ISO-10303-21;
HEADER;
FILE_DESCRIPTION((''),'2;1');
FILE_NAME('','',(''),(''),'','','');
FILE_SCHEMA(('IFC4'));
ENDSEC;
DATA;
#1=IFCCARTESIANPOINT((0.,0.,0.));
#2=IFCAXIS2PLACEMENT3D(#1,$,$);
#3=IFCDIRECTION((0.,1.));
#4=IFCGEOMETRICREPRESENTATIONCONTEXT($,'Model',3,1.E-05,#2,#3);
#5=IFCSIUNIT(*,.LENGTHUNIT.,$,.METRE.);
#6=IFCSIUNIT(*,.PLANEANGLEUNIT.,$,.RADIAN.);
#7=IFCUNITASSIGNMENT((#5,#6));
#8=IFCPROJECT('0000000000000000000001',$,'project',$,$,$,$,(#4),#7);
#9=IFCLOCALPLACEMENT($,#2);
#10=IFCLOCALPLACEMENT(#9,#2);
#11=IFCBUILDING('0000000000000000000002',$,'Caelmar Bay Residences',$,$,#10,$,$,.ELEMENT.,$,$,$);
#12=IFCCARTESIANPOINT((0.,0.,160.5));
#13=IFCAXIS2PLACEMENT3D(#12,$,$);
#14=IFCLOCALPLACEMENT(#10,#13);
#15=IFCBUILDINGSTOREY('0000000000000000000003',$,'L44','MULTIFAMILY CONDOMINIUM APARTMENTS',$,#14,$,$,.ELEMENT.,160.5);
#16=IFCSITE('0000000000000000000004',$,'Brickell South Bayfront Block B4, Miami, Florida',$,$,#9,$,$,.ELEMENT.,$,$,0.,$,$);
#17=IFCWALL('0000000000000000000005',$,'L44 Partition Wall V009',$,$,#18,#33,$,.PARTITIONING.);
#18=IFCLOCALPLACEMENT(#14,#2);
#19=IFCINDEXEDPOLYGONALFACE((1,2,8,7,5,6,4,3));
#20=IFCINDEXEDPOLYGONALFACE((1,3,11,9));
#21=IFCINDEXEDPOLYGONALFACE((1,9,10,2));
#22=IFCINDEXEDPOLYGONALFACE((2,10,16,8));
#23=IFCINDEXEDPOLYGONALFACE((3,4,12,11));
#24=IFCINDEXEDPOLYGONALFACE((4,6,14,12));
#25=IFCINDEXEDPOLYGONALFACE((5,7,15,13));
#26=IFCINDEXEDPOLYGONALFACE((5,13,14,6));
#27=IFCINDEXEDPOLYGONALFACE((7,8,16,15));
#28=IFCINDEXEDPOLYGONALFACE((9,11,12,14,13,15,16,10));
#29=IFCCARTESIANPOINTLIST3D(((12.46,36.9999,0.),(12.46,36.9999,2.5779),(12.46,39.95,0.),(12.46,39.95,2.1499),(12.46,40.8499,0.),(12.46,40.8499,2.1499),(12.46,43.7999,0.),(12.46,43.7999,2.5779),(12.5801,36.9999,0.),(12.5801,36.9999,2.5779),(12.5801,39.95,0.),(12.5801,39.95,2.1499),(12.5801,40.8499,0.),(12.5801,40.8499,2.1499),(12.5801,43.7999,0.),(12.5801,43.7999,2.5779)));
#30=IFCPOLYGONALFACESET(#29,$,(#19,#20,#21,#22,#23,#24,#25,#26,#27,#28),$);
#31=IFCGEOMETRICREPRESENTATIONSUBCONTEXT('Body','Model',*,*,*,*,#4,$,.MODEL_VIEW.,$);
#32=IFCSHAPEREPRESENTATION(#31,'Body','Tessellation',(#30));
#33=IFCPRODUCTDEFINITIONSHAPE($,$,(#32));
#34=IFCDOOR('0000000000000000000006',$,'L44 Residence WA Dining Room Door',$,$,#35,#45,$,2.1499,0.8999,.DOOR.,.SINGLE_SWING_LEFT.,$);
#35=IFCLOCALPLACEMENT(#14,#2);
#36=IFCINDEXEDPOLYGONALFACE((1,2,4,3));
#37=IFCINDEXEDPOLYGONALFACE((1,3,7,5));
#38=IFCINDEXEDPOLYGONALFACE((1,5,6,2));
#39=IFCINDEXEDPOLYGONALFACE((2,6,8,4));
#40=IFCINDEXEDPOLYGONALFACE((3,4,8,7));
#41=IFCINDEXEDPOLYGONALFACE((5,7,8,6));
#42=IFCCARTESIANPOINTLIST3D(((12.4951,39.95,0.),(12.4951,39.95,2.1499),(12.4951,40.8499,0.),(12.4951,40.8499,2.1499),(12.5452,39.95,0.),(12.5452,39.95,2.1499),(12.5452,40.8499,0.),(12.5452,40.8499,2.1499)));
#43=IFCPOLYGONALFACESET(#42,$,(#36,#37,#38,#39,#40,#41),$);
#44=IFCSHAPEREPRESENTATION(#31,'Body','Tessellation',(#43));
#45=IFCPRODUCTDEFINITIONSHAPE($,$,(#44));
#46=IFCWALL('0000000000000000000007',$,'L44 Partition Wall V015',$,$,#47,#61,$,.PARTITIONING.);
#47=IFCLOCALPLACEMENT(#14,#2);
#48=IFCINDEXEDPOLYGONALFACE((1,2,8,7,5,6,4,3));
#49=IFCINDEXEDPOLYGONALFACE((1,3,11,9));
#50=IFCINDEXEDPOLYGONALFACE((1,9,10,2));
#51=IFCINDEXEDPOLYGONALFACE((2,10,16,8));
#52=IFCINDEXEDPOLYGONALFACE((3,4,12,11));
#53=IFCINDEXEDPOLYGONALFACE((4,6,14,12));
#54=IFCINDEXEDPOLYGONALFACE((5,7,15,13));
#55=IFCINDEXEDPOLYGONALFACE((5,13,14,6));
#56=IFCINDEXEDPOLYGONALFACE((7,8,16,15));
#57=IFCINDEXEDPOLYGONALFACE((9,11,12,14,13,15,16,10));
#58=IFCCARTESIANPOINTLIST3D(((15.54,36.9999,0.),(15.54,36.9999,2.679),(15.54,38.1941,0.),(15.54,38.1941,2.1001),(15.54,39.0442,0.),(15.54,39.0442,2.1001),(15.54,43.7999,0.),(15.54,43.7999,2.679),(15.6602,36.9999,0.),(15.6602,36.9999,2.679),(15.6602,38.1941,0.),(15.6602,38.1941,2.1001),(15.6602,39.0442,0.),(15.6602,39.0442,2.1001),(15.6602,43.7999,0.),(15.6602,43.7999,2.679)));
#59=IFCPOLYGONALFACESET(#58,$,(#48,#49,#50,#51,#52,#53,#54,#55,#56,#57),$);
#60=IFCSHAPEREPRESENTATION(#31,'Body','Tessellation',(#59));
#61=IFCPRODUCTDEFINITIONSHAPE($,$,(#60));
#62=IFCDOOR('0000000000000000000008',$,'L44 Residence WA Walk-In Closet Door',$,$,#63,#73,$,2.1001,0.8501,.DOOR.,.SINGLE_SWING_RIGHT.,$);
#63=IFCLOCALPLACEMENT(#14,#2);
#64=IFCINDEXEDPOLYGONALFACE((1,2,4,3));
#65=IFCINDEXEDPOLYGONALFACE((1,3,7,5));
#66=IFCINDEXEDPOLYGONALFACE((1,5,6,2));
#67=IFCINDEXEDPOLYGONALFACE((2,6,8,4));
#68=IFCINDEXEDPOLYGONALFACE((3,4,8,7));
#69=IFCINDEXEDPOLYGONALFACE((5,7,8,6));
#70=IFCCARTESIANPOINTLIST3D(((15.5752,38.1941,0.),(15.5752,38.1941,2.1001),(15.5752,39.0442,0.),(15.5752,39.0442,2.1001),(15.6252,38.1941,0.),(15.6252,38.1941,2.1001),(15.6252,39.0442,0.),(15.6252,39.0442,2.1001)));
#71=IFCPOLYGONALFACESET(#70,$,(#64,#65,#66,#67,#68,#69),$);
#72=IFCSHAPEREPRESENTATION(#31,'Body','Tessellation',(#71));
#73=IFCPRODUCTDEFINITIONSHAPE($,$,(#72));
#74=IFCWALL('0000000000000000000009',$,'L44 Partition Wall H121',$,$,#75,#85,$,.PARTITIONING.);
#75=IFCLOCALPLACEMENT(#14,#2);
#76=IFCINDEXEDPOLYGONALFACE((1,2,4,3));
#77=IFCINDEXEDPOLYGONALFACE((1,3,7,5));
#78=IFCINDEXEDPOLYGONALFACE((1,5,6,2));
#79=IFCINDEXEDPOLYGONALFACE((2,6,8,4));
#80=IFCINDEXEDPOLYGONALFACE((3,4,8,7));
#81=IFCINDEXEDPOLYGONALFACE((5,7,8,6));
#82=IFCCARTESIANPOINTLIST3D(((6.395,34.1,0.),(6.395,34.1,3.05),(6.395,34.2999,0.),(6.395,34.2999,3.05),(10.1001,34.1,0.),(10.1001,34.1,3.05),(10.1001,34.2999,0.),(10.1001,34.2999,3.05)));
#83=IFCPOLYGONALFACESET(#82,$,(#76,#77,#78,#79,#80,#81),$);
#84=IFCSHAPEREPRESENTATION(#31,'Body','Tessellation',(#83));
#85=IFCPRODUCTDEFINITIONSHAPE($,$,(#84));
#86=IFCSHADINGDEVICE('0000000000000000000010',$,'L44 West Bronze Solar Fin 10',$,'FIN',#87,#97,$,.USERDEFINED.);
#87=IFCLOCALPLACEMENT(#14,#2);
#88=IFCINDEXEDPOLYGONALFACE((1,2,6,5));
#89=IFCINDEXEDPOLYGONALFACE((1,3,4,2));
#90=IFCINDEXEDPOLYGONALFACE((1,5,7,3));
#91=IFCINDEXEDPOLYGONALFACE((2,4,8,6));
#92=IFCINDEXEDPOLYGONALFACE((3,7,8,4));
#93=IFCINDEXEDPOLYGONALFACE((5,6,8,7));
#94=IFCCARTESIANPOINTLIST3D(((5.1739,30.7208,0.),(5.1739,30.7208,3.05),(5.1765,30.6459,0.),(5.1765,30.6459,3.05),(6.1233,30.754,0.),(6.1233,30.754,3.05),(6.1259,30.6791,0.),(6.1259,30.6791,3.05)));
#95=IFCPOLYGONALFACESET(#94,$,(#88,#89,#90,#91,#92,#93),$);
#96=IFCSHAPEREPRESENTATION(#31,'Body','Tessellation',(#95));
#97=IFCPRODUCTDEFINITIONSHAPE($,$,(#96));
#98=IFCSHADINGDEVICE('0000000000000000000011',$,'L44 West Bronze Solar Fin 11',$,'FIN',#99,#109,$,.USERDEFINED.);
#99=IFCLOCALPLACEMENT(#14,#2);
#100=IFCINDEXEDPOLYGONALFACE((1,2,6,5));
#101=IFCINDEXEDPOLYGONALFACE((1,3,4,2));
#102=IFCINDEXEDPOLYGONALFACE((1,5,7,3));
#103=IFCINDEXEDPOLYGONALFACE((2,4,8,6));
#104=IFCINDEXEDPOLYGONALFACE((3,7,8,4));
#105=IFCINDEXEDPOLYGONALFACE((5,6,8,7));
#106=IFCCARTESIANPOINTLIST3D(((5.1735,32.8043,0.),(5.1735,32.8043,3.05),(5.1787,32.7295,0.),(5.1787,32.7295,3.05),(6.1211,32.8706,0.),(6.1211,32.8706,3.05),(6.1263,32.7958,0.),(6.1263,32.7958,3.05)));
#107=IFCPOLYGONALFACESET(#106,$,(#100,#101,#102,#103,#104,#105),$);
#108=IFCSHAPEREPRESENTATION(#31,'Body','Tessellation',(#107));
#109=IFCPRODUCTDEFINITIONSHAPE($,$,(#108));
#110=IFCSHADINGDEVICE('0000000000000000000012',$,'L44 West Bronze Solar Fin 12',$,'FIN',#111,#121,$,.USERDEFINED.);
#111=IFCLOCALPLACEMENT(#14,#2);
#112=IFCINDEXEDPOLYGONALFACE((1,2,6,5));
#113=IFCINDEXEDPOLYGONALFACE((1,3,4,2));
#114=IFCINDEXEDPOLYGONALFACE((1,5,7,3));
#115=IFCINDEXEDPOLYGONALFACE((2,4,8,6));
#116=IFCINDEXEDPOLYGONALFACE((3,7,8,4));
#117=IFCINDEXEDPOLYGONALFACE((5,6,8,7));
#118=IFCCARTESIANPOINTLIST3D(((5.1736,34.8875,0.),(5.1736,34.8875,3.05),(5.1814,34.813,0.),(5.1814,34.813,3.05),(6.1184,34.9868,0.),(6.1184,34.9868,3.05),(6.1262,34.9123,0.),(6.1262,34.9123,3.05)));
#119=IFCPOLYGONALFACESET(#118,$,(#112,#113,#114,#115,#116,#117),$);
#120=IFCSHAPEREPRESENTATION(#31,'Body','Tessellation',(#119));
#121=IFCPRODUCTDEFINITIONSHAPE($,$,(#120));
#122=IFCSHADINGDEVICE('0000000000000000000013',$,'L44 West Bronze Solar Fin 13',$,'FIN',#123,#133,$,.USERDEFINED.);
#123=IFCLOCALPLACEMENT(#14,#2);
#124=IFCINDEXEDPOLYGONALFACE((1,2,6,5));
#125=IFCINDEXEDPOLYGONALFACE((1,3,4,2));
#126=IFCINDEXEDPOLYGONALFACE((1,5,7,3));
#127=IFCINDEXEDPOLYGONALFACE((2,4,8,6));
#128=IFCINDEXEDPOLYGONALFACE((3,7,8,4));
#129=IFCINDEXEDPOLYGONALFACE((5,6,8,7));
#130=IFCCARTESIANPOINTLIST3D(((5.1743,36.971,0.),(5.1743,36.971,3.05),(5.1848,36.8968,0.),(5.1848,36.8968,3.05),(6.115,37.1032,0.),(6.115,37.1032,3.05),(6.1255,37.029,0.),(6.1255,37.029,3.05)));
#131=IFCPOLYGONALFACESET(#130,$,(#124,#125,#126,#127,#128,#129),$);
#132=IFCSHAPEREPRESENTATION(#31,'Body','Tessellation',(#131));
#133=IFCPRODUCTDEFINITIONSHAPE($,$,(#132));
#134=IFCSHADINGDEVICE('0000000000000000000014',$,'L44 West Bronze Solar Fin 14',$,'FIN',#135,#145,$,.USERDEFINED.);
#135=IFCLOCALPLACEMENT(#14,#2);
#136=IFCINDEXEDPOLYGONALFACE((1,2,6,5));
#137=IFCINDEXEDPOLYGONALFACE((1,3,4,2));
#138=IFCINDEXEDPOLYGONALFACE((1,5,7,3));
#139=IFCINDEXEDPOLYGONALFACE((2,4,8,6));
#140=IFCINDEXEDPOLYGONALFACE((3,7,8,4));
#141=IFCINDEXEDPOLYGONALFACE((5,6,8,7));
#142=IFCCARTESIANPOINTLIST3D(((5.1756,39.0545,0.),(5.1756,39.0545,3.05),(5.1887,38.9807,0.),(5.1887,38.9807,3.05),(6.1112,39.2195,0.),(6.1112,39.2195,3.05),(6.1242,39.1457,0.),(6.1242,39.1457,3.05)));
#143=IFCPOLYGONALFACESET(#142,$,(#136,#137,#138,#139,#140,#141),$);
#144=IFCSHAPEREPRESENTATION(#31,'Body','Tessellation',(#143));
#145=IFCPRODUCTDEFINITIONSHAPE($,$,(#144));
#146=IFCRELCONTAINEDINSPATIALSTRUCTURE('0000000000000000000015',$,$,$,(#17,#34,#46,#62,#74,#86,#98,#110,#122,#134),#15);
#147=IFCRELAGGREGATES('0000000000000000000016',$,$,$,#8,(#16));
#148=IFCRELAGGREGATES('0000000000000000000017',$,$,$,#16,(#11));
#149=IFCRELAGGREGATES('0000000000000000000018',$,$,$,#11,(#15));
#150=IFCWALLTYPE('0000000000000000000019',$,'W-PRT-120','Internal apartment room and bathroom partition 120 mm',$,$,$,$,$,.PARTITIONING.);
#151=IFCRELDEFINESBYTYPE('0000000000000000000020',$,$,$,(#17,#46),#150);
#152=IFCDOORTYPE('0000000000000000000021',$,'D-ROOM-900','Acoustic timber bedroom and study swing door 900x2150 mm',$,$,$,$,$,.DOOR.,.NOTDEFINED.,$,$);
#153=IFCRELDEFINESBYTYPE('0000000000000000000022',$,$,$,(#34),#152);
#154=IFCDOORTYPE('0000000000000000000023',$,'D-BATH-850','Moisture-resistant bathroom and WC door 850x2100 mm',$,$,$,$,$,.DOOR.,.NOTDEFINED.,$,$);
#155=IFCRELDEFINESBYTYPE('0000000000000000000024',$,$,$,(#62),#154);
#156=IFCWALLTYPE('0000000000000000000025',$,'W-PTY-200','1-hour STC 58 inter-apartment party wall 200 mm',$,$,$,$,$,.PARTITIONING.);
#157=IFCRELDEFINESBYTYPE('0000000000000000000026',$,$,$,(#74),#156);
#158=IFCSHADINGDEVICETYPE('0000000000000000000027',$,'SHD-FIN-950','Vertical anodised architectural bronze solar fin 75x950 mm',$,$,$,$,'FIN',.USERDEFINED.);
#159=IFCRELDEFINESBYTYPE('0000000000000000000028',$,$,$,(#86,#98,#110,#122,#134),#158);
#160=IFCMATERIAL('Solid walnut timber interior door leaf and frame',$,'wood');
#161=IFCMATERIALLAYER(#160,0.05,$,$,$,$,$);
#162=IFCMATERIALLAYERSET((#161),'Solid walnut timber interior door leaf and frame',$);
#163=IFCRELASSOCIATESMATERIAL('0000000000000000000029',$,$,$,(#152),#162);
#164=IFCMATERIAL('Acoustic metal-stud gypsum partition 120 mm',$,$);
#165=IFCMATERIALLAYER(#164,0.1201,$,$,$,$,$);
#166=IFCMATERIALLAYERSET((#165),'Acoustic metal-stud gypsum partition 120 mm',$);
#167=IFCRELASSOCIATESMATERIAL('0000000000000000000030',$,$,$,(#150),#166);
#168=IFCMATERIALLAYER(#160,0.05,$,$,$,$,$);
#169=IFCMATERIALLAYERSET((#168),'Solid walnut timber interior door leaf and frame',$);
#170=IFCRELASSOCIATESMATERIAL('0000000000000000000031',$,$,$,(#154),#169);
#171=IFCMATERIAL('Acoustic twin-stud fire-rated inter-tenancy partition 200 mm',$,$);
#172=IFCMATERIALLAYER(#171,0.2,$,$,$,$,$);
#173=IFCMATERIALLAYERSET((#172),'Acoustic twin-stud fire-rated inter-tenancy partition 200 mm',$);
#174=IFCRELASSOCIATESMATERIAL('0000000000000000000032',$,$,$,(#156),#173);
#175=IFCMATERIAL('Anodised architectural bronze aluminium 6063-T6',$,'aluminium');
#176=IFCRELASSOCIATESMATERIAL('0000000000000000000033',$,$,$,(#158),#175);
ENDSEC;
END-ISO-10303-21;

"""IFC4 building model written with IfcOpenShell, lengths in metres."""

from ifc_helpers import new_model, si_unit, direction, frame, frame_2d, origin, origin_2d, place, context, subcontext, project, spatial, rectangle, extrude, material, layer, layer_set, material_profile, profile_set, type_object, element, fill, save


model = new_model("IFC4")

# Units and contexts
model_context = context("Model", 3, precision=1e-05, world=origin(), true_north=direction((0.0, 1.0)))
body_context = subcontext(model_context, "Body", "Model", "MODEL_VIEW")
ifc_project = project(units=[si_unit("LENGTHUNIT", "METRE"), si_unit("PLANEANGLEUNIT", "RADIAN")], contexts=[model_context])

# Site, building, storey
site_placement = place(None, origin())
site = spatial("IfcSite", under=ifc_project, at=site_placement, Name="Brickell South Bayfront Block B4, Miami, Florida", CompositionType="ELEMENT", RefElevation=0.0)
building_placement = place(site_placement, origin())
building = spatial("IfcBuilding", under=site, at=building_placement, Name="Caelmar Bay Residences", CompositionType="ELEMENT")
storey_placement = place(building_placement, frame((0.0, 0.0, 160.5)))
storey = spatial("IfcBuildingStorey", under=building, at=storey_placement, Name="L44", Description="MULTIFAMILY CONDOMINIUM APARTMENTS", CompositionType="ELEMENT", Elevation=160.5)

# Walls, openings, doors
ifc_material_1 = material(Name="Solid walnut timber interior door leaf and frame", Category="wood")
ifc_layer_1 = layer(ifc_material_1, 0.05)
ifc_layer_set_1 = layer_set([ifc_layer_1], Name="Solid walnut timber interior door leaf and frame")
door_type_1 = type_object("IfcDoorType", Name="D-ROOM-900", Description="Acoustic timber bedroom and study swing door 900x2150 mm", OperationType="NOTDEFINED", PredefinedType="DOOR", material=ifc_layer_set_1)
ifc_material_2 = material(Name="Acoustic metal-stud gypsum partition 120 mm")
ifc_layer_2 = layer(ifc_material_2, 0.1201)
ifc_layer_set_2 = layer_set([ifc_layer_2], Name="Acoustic metal-stud gypsum partition 120 mm")
wall_type_1 = type_object("IfcWallType", Name="W-PRT-120", Description="Internal apartment room and bathroom partition 120 mm", PredefinedType="PARTITIONING", material=ifc_layer_set_2)
wall_1_placement = place(storey_placement, frame((12.52, 37.0, 0.0), z_axis=(0.0, 0.0, 1.0), x_axis=(0.0, 1.0, 0.0)))
wall_1 = element("IfcWall", 1, at=wall_1_placement, inside=storey, type_object=wall_type_1, Name="L44 Partition Wall V009", PredefinedType="PARTITIONING", context=body_context, shape_type="SweptSolid", body=[
    extrude(rectangle(XDim=6.8, YDim=0.1201, at=frame_2d((3.3999, 0.0))), origin(), (0.0, 0.0, 1.0), 2.5779),
])
opening_1_placement = place(wall_1_placement, frame((2.95, 0.0, 0.0)))
opening_1 = element("IfcOpeningElement", 2, at=opening_1_placement, cuts=wall_1, PredefinedType="OPENING", context=body_context, shape_type="SweptSolid", body=[
    extrude(rectangle(XDim=0.8999, YDim=2.1499, at=frame_2d((0.45, 1.075))), frame((0.0, 0.0701, 0.0), z_axis=(0.0, -1.0, 0.0), x_axis=(1.0, 0.0, 0.0)), (0.0, 0.0, 1.0), 0.1401),
])
door_1_placement = place(opening_1_placement, origin())
door_1 = element("IfcDoor", 3, at=door_1_placement, inside=storey, type_object=door_type_1, Name="L44 Residence WA Dining Room Door", OperationType="SINGLE_SWING_LEFT", OverallHeight=2.1499, OverallWidth=0.8999, PredefinedType="DOOR", context=body_context, shape_type="SweptSolid", body=[
    extrude(rectangle(XDim=0.8999, YDim=2.1499, at=frame_2d((0.45, 1.075))), frame((0.0, 0.0249, 0.0), z_axis=(0.0, -1.0, 0.0), x_axis=(1.0, 0.0, 0.0)), (0.0, 0.0, 1.0), 0.05),
])
fill(opening_1, door_1)
wall_2_placement = place(storey_placement, frame((15.6001, 37.0, 0.0), z_axis=(0.0, 0.0, 1.0), x_axis=(0.0, 1.0, 0.0)))
wall_2 = element("IfcWall", 4, at=wall_2_placement, inside=storey, type_object=wall_type_1, Name="L44 Partition Wall V015", PredefinedType="PARTITIONING", context=body_context, shape_type="SweptSolid", body=[
    extrude(rectangle(XDim=6.8, YDim=0.1201, at=frame_2d((3.3999, 0.0))), origin(), (0.0, 0.0, 1.0), 2.679),
])
opening_2_placement = place(wall_2_placement, frame((1.1941, 0.0, 0.0)))
opening_2 = element("IfcOpeningElement", 5, at=opening_2_placement, cuts=wall_2, PredefinedType="OPENING", context=body_context, shape_type="SweptSolid", body=[
    extrude(rectangle(XDim=0.8501, YDim=2.1001, at=frame_2d((0.425, 1.05))), frame((0.0, 0.0701, 0.0), z_axis=(0.0, -1.0, 0.0), x_axis=(1.0, 0.0, 0.0)), (0.0, 0.0, 1.0), 0.1401),
])
ifc_layer_3 = layer(ifc_material_1, 0.05)
ifc_layer_set_3 = layer_set([ifc_layer_3], Name="Solid walnut timber interior door leaf and frame")
door_type_2 = type_object("IfcDoorType", Name="D-BATH-850", Description="Moisture-resistant bathroom and WC door 850x2100 mm", OperationType="NOTDEFINED", PredefinedType="DOOR", material=ifc_layer_set_3)
door_2_placement = place(opening_2_placement, origin())
door_2 = element("IfcDoor", 6, at=door_2_placement, inside=storey, type_object=door_type_2, Name="L44 Residence WA Walk-In Closet Door", OperationType="SINGLE_SWING_RIGHT", OverallHeight=2.1001, OverallWidth=0.8501, PredefinedType="DOOR", context=body_context, shape_type="SweptSolid", body=[
    extrude(rectangle(XDim=0.8501, YDim=2.1001, at=frame_2d((0.425, 1.05))), frame((0.0, 0.0249, 0.0), z_axis=(0.0, -1.0, 0.0), x_axis=(1.0, 0.0, 0.0)), (0.0, 0.0, 1.0), 0.05),
])
fill(opening_2, door_2)

# Wall
ifc_material_3 = material(Name="Acoustic twin-stud fire-rated inter-tenancy partition 200 mm")
ifc_layer_4 = layer(ifc_material_3, 0.2)
ifc_layer_set_4 = layer_set([ifc_layer_4], Name="Acoustic twin-stud fire-rated inter-tenancy partition 200 mm")
wall_type_2 = type_object("IfcWallType", Name="W-PTY-200", Description="1-hour STC 58 inter-apartment party wall 200 mm", PredefinedType="PARTITIONING", material=ifc_layer_set_4)
wall_3_placement = place(storey_placement, frame((6.395, 34.2, 0.0), z_axis=(0.0, 0.0, 1.0), x_axis=(1.0, 0.0, 0.0)))
element("IfcWall", 7, at=wall_3_placement, inside=storey, type_object=wall_type_2, Name="L44 Partition Wall H121", PredefinedType="PARTITIONING", context=body_context, shape_type="SweptSolid", body=[
    extrude(rectangle(XDim=3.7051, YDim=0.2, at=frame_2d((1.8525, 0.0))), origin(), (0.0, 0.0, 1.0), 3.05),
])

# Shading devices
ifc_material_4 = material(Name="Anodised architectural bronze aluminium 6063-T6", Category="aluminium")
ifc_material_profile_1 = material_profile(ifc_material_4, rectangle(XDim=0.075, YDim=0.95, at=origin_2d()), Name="BRONZE-FIN-75X950")
ifc_profile_set_1 = profile_set([ifc_material_profile_1], Name="Anodised architectural bronze aluminium 6063-T6")
shading_device_type = type_object("IfcShadingDeviceType", Name="SHD-FIN-950", Description="Vertical anodised architectural bronze solar fin 75x950 mm", ElementType="FIN", PredefinedType="USERDEFINED", material=ifc_profile_set_1)
for number, where, z_axis, x_axis, name in (
    (8, (5.6499, 30.7, 0.0), (0.0, 0.0, 1.0), (-0.034899, 0.999391, 0.0), "L44 West Bronze Solar Fin 10"),
    (9, (5.6499, 32.8, 0.0), (0.0, 0.0, 1.0), (-0.069756, 0.997564, 0.0), "L44 West Bronze Solar Fin 11"),
    (10, (5.6499, 34.8999, 0.0), (0.0, 0.0, 1.0), (-0.104528, 0.994522, 0.0), "L44 West Bronze Solar Fin 12"),
    (11, (5.6499, 37.0, 0.0), (0.0, 0.0, 1.0), (-0.139173, 0.990268, 0.0), "L44 West Bronze Solar Fin 13"),
    (12, (5.6499, 39.1001, 0.0), (0.0, 0.0, 1.0), (-0.173648, 0.984808, 0.0), "L44 West Bronze Solar Fin 14"),
):
    element("IfcShadingDevice", number, at=place(storey_placement, frame(where, z_axis=z_axis, x_axis=x_axis)), inside=storey, type_object=shading_device_type, Name=name, ObjectType="FIN", PredefinedType="USERDEFINED", context=body_context, shape_type="SweptSolid", body=[
        extrude(rectangle(XDim=0.075, YDim=0.95, at=origin_2d()), origin(), (0.0, 0.0, 1.0), 3.05),
    ])

save(model, "model.ifc")
